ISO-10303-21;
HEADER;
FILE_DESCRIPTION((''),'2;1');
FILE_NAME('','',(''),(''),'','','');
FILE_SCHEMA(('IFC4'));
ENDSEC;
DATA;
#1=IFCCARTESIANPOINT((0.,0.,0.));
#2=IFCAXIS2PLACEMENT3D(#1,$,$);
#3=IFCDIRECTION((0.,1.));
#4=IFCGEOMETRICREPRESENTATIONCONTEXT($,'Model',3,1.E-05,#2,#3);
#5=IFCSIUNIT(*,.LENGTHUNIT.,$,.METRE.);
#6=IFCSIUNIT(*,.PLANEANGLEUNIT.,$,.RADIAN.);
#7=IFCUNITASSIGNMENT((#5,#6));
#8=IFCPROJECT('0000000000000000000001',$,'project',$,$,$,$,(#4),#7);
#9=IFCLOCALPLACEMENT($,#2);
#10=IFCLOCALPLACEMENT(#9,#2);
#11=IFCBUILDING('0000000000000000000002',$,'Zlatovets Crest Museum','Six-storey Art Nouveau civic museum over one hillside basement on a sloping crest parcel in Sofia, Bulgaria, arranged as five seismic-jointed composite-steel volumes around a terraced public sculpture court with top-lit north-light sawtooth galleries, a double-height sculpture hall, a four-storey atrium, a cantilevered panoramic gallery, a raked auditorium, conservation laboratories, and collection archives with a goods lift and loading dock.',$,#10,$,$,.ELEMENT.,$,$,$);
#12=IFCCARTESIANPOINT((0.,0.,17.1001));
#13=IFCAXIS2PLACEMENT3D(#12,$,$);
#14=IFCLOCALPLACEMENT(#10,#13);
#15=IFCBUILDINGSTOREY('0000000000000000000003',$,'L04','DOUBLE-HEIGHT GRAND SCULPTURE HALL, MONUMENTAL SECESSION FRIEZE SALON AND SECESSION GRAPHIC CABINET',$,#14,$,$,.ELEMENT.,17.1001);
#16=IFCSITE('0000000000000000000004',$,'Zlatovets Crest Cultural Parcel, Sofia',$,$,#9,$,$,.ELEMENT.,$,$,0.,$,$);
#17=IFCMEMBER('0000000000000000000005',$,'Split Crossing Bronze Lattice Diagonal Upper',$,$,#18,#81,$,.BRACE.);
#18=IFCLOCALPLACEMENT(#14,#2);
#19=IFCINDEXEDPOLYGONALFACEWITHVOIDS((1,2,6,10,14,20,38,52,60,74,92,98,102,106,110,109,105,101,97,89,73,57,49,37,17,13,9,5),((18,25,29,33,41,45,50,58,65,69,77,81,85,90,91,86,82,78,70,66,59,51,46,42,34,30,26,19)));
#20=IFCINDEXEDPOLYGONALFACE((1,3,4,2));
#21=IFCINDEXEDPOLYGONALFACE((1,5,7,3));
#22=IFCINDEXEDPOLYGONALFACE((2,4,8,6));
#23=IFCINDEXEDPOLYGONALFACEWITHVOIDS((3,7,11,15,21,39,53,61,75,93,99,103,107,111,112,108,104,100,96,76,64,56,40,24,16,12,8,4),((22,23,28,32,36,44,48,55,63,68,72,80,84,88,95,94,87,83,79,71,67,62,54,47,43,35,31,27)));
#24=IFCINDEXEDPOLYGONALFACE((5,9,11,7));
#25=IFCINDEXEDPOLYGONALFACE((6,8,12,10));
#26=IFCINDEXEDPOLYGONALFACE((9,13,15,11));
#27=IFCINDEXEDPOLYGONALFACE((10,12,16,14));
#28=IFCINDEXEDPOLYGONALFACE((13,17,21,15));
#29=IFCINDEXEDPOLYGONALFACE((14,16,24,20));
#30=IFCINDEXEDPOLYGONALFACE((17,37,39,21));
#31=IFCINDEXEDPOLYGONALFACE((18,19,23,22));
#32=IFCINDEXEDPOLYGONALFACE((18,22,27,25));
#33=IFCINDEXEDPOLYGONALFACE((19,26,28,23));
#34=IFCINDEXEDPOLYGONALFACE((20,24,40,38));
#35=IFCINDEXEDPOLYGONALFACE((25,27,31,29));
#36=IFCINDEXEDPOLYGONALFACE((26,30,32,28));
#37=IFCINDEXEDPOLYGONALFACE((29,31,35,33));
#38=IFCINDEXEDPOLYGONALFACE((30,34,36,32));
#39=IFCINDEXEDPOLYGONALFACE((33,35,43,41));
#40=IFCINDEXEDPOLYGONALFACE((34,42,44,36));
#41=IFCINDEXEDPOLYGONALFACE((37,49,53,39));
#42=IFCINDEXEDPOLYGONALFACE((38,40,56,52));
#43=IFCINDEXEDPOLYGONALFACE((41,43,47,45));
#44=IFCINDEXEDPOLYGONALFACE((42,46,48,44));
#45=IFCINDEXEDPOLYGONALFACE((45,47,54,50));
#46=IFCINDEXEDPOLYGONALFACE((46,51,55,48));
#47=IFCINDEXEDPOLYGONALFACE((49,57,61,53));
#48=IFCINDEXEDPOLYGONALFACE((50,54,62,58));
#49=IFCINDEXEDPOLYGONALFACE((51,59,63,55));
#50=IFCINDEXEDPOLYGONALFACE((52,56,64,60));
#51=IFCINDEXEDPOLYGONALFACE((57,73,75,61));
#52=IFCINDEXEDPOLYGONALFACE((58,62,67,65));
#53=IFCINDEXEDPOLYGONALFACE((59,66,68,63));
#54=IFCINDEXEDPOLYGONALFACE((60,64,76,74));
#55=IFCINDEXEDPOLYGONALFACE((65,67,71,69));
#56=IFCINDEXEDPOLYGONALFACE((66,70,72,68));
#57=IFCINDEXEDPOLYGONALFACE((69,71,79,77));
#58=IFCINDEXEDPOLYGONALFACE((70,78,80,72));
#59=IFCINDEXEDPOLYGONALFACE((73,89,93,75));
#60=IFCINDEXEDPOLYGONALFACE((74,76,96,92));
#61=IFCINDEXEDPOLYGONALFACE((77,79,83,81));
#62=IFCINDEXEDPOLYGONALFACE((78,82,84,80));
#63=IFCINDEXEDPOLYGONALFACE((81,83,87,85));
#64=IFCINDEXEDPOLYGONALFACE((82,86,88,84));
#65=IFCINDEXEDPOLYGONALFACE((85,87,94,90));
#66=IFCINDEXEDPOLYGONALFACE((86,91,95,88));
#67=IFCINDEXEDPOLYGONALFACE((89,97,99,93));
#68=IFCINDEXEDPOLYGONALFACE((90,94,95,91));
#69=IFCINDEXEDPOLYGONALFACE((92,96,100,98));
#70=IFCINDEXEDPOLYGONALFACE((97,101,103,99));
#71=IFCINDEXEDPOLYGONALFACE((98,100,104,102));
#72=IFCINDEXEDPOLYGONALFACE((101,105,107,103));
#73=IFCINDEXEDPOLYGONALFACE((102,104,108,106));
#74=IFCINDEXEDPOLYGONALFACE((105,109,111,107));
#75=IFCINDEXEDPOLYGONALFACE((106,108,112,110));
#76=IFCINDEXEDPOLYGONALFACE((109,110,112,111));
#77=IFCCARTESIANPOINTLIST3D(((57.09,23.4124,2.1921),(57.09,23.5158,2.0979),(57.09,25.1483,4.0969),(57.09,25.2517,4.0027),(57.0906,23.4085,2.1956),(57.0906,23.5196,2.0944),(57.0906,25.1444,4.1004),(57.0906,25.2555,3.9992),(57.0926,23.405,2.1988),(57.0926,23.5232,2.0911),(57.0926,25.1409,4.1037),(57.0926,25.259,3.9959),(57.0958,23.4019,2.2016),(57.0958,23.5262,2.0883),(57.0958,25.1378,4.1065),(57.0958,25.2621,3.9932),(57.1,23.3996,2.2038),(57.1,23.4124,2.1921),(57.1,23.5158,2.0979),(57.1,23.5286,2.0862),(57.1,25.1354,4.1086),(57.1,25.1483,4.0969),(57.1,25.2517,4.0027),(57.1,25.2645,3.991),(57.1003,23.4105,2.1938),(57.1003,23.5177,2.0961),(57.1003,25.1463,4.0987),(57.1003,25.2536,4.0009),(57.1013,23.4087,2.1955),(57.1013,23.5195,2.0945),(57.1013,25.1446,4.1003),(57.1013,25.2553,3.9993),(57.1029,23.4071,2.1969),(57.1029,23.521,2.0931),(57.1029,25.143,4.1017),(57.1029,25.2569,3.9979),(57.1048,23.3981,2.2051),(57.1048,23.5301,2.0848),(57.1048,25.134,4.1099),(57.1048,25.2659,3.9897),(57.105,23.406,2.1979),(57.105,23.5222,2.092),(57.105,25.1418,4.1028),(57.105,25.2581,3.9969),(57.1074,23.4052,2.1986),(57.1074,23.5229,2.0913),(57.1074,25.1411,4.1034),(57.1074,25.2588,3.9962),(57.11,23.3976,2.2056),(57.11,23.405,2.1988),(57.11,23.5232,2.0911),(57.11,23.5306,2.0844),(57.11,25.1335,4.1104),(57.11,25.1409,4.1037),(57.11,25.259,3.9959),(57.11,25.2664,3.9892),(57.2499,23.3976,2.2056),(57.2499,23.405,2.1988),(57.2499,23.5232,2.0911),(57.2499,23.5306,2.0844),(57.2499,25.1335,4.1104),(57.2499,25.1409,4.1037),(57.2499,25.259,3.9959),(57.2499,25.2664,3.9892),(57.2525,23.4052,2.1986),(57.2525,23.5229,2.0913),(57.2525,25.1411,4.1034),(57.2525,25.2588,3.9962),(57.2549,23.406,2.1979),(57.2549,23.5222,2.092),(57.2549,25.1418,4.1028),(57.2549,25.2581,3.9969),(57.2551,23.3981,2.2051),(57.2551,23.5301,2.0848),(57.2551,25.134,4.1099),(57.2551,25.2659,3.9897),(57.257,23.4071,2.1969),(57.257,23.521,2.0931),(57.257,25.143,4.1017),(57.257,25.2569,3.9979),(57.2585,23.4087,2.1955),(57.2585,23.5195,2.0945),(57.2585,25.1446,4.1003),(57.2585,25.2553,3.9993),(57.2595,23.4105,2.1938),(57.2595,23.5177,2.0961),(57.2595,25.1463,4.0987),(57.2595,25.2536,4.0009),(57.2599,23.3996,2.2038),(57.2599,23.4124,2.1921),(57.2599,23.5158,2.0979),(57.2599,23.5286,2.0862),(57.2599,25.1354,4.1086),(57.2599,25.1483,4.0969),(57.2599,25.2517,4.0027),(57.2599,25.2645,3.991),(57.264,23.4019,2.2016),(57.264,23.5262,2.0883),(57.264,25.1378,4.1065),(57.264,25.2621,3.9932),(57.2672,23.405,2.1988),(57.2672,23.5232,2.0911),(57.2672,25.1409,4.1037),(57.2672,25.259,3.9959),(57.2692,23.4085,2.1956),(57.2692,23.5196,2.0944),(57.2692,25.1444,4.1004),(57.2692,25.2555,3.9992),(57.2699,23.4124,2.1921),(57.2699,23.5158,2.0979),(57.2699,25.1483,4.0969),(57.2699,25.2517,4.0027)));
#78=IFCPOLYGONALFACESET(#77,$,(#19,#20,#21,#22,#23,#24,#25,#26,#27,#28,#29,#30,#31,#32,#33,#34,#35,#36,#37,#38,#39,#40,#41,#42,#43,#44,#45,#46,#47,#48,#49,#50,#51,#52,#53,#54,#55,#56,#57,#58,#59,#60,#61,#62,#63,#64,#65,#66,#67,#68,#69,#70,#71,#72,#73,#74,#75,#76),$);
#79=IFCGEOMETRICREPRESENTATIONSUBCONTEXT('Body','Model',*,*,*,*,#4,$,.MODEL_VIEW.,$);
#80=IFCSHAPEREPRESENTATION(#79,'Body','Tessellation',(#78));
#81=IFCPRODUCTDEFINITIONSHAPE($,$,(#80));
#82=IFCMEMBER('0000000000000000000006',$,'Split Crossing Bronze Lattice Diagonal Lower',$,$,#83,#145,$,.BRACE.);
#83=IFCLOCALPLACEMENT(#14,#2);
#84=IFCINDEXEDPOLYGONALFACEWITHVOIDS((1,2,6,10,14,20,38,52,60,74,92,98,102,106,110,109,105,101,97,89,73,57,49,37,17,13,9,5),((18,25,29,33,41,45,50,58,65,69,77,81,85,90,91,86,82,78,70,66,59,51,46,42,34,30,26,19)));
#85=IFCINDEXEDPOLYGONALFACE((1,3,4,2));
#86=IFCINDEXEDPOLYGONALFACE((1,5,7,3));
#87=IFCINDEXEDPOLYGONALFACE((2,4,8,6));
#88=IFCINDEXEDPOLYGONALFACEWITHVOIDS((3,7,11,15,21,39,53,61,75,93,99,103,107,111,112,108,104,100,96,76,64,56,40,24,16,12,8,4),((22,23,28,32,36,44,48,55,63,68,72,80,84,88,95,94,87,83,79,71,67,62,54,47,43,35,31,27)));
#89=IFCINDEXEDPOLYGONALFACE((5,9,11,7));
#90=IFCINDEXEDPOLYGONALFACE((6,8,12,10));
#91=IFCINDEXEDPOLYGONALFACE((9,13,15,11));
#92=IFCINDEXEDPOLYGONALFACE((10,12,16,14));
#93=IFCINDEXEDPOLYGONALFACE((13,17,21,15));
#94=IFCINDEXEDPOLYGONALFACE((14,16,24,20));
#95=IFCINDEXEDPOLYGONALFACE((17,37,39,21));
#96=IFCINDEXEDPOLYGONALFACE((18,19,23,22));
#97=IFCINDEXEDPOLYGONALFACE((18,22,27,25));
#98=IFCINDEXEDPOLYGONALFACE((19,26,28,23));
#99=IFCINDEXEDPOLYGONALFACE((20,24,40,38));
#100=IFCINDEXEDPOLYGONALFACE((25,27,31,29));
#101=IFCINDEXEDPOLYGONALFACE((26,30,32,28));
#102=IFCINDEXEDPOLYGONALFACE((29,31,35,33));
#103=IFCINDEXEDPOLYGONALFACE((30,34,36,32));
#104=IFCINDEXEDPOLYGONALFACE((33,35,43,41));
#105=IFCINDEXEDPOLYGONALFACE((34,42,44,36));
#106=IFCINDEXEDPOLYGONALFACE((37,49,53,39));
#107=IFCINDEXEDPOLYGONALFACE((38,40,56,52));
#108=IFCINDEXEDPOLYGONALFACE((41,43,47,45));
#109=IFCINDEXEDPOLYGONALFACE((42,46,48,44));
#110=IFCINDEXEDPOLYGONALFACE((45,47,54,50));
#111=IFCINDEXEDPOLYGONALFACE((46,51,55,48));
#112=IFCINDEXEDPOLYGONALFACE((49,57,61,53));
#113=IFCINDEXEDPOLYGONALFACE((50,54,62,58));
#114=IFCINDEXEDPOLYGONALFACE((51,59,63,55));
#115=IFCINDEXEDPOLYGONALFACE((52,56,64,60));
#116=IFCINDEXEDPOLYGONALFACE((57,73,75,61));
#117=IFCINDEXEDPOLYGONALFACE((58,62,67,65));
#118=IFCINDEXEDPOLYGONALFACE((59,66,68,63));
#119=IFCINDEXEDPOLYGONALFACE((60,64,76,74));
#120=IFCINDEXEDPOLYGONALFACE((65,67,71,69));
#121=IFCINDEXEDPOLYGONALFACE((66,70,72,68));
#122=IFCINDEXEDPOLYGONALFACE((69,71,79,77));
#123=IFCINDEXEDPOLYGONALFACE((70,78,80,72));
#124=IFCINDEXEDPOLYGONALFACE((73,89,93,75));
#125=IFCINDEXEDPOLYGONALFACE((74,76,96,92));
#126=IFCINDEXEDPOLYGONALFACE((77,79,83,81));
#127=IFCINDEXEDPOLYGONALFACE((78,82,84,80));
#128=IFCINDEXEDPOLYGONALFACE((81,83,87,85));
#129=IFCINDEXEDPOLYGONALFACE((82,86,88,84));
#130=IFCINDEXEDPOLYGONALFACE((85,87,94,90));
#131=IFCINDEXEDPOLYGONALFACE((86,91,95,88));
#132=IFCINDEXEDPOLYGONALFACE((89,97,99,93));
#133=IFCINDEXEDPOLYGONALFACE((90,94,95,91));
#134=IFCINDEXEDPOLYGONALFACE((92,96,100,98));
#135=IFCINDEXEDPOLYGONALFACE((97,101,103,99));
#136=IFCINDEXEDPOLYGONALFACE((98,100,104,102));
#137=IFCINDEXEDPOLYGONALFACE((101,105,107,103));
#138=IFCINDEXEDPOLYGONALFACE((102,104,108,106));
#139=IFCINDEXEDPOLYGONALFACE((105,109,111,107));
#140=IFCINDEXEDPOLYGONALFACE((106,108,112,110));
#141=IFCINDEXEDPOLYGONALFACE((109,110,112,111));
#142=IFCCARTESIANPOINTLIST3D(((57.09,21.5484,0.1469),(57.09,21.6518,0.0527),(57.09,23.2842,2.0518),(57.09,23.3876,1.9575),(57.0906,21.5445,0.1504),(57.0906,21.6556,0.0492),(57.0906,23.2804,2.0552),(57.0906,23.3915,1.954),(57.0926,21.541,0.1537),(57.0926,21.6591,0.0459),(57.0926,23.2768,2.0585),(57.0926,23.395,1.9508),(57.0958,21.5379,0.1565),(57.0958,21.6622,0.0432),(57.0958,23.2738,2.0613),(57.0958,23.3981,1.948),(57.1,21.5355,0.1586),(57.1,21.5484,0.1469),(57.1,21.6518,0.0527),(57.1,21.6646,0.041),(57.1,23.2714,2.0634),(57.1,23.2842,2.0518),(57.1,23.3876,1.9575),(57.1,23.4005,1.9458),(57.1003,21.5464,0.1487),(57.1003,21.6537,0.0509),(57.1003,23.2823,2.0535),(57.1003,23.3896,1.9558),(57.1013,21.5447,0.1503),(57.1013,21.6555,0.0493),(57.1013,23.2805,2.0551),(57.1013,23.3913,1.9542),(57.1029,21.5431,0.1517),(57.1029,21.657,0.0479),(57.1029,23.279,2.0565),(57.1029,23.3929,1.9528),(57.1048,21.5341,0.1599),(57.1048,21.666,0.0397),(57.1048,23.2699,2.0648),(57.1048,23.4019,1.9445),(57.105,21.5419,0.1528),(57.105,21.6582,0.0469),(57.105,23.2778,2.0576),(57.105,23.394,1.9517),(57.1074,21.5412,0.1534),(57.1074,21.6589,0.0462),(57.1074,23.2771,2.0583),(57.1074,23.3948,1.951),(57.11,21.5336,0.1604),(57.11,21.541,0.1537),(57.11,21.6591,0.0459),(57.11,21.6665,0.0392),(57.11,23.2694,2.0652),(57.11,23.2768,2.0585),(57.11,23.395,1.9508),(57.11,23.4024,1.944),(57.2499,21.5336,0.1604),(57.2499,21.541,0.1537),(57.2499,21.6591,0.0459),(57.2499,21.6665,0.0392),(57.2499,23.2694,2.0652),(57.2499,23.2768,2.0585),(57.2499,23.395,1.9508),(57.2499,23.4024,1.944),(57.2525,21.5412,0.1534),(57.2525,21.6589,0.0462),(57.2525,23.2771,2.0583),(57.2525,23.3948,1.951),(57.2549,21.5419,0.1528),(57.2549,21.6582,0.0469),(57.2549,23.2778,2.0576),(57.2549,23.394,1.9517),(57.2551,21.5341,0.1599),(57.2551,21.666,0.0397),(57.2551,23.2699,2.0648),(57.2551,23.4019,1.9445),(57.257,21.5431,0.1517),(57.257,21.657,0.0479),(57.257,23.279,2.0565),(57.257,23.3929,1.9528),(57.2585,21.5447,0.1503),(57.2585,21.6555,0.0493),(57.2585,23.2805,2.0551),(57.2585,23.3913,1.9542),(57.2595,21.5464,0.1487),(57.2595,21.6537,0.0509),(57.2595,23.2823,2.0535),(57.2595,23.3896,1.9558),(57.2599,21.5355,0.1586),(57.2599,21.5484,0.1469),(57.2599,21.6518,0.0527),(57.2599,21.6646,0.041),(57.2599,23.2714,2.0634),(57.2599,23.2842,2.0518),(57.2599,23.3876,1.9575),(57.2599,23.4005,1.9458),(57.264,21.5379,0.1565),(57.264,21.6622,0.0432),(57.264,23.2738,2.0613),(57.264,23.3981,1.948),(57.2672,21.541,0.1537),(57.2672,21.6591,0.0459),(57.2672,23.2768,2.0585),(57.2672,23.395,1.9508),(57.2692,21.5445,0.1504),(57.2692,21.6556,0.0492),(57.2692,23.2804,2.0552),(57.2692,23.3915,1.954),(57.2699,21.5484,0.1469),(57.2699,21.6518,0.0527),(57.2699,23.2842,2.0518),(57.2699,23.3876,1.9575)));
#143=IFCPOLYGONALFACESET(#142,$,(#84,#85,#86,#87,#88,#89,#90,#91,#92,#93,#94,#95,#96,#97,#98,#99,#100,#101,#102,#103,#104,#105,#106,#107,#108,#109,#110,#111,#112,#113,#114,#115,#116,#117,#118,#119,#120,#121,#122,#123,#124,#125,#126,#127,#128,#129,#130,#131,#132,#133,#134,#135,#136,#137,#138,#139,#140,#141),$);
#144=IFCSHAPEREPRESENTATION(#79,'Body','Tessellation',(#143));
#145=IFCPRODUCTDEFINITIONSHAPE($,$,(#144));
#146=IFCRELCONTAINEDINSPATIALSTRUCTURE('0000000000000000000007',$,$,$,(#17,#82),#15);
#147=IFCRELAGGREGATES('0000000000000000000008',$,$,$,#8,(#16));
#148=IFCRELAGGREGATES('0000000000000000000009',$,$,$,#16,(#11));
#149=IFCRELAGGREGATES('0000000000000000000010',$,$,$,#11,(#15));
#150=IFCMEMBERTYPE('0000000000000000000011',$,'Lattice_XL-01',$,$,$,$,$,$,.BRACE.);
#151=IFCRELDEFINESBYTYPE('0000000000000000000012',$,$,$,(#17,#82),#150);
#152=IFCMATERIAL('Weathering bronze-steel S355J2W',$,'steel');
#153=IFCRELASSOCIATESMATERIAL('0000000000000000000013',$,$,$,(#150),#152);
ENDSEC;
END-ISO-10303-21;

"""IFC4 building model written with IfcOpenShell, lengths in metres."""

from ifc_helpers import new_model, si_unit, direction, frame, origin, origin_2d, place, context, subcontext, project, spatial, hollow_rectangle, extrude, material, material_profile, profile_set, type_object, element, save


model = new_model("IFC4")

# Units and contexts
model_context = context("Model", 3, precision=1e-05, world=origin(), true_north=direction((0.0, 1.0)))
body_context = subcontext(model_context, "Body", "Model", "MODEL_VIEW")
ifc_project = project(units=[si_unit("LENGTHUNIT", "METRE"), si_unit("PLANEANGLEUNIT", "RADIAN")], contexts=[model_context])

# Site, building, storey
site_placement = place(None, origin())
site = spatial("IfcSite", under=ifc_project, at=site_placement, Name="Zlatovets Crest Cultural Parcel, Sofia", CompositionType="ELEMENT", RefElevation=0.0)
building_placement = place(site_placement, origin())
building = spatial("IfcBuilding", under=site, at=building_placement, Name="Zlatovets Crest Museum", Description="Six-storey Art Nouveau civic museum over one hillside basement on a sloping crest parcel in Sofia, Bulgaria, arranged as five seismic-jointed composite-steel volumes around a terraced public sculpture court with top-lit north-light sawtooth galleries, a double-height sculpture hall, a four-storey atrium, a cantilevered panoramic gallery, a raked auditorium, conservation laboratories, and collection archives with a goods lift and loading dock.", CompositionType="ELEMENT")
storey_placement = place(building_placement, frame((0.0, 0.0, 17.1001)))
storey = spatial("IfcBuildingStorey", under=building, at=storey_placement, Name="L04", Description="DOUBLE-HEIGHT GRAND SCULPTURE HALL, MONUMENTAL SECESSION FRIEZE SALON AND SECESSION GRAPHIC CABINET", CompositionType="ELEMENT", Elevation=17.1001)

# Members
ifc_material_1 = material(Name="Weathering bronze-steel S355J2W", Category="steel")
ifc_material_profile_1 = material_profile(ifc_material_1, hollow_rectangle(XDim=0.1799, YDim=0.1799, WallThickness=0.01, InnerFilletRadius=0.01, OuterFilletRadius=0.02, at=origin_2d()), Name="SHS 180x180x10.0")
ifc_profile_set_1 = profile_set([ifc_material_profile_1], Name="Weathering bronze-steel S355J2W")
member_type_1 = type_object("IfcMemberType", Name="Lattice_XL-01", PredefinedType="BRACE", material=ifc_profile_set_1)
for number, where, z_axis, x_axis, name in (
    (1, (57.1799, 25.2, 4.0498), (0.0, -0.673568, -0.739125), (1.0, 0.0, 0.0), "Split Crossing Bronze Lattice Diagonal Upper"),
    (2, (57.1799, 23.3359, 2.0046), (0.0, -0.673568, -0.739125), (1.0, 0.0, 0.0), "Split Crossing Bronze Lattice Diagonal Lower"),
):
    element("IfcMember", number, at=place(storey_placement, frame(where, z_axis=z_axis, x_axis=x_axis)), inside=storey, type_object=member_type_1, Name=name, PredefinedType="BRACE", context=body_context, shape_type="SweptSolid", body=[
        extrude(hollow_rectangle(XDim=0.1799, YDim=0.1799, WallThickness=0.01, InnerFilletRadius=0.01, OuterFilletRadius=0.02, at=origin_2d()), origin(), (0.0, 0.0, 1.0), 2.5771),
    ])

save(model, "model.ifc")
